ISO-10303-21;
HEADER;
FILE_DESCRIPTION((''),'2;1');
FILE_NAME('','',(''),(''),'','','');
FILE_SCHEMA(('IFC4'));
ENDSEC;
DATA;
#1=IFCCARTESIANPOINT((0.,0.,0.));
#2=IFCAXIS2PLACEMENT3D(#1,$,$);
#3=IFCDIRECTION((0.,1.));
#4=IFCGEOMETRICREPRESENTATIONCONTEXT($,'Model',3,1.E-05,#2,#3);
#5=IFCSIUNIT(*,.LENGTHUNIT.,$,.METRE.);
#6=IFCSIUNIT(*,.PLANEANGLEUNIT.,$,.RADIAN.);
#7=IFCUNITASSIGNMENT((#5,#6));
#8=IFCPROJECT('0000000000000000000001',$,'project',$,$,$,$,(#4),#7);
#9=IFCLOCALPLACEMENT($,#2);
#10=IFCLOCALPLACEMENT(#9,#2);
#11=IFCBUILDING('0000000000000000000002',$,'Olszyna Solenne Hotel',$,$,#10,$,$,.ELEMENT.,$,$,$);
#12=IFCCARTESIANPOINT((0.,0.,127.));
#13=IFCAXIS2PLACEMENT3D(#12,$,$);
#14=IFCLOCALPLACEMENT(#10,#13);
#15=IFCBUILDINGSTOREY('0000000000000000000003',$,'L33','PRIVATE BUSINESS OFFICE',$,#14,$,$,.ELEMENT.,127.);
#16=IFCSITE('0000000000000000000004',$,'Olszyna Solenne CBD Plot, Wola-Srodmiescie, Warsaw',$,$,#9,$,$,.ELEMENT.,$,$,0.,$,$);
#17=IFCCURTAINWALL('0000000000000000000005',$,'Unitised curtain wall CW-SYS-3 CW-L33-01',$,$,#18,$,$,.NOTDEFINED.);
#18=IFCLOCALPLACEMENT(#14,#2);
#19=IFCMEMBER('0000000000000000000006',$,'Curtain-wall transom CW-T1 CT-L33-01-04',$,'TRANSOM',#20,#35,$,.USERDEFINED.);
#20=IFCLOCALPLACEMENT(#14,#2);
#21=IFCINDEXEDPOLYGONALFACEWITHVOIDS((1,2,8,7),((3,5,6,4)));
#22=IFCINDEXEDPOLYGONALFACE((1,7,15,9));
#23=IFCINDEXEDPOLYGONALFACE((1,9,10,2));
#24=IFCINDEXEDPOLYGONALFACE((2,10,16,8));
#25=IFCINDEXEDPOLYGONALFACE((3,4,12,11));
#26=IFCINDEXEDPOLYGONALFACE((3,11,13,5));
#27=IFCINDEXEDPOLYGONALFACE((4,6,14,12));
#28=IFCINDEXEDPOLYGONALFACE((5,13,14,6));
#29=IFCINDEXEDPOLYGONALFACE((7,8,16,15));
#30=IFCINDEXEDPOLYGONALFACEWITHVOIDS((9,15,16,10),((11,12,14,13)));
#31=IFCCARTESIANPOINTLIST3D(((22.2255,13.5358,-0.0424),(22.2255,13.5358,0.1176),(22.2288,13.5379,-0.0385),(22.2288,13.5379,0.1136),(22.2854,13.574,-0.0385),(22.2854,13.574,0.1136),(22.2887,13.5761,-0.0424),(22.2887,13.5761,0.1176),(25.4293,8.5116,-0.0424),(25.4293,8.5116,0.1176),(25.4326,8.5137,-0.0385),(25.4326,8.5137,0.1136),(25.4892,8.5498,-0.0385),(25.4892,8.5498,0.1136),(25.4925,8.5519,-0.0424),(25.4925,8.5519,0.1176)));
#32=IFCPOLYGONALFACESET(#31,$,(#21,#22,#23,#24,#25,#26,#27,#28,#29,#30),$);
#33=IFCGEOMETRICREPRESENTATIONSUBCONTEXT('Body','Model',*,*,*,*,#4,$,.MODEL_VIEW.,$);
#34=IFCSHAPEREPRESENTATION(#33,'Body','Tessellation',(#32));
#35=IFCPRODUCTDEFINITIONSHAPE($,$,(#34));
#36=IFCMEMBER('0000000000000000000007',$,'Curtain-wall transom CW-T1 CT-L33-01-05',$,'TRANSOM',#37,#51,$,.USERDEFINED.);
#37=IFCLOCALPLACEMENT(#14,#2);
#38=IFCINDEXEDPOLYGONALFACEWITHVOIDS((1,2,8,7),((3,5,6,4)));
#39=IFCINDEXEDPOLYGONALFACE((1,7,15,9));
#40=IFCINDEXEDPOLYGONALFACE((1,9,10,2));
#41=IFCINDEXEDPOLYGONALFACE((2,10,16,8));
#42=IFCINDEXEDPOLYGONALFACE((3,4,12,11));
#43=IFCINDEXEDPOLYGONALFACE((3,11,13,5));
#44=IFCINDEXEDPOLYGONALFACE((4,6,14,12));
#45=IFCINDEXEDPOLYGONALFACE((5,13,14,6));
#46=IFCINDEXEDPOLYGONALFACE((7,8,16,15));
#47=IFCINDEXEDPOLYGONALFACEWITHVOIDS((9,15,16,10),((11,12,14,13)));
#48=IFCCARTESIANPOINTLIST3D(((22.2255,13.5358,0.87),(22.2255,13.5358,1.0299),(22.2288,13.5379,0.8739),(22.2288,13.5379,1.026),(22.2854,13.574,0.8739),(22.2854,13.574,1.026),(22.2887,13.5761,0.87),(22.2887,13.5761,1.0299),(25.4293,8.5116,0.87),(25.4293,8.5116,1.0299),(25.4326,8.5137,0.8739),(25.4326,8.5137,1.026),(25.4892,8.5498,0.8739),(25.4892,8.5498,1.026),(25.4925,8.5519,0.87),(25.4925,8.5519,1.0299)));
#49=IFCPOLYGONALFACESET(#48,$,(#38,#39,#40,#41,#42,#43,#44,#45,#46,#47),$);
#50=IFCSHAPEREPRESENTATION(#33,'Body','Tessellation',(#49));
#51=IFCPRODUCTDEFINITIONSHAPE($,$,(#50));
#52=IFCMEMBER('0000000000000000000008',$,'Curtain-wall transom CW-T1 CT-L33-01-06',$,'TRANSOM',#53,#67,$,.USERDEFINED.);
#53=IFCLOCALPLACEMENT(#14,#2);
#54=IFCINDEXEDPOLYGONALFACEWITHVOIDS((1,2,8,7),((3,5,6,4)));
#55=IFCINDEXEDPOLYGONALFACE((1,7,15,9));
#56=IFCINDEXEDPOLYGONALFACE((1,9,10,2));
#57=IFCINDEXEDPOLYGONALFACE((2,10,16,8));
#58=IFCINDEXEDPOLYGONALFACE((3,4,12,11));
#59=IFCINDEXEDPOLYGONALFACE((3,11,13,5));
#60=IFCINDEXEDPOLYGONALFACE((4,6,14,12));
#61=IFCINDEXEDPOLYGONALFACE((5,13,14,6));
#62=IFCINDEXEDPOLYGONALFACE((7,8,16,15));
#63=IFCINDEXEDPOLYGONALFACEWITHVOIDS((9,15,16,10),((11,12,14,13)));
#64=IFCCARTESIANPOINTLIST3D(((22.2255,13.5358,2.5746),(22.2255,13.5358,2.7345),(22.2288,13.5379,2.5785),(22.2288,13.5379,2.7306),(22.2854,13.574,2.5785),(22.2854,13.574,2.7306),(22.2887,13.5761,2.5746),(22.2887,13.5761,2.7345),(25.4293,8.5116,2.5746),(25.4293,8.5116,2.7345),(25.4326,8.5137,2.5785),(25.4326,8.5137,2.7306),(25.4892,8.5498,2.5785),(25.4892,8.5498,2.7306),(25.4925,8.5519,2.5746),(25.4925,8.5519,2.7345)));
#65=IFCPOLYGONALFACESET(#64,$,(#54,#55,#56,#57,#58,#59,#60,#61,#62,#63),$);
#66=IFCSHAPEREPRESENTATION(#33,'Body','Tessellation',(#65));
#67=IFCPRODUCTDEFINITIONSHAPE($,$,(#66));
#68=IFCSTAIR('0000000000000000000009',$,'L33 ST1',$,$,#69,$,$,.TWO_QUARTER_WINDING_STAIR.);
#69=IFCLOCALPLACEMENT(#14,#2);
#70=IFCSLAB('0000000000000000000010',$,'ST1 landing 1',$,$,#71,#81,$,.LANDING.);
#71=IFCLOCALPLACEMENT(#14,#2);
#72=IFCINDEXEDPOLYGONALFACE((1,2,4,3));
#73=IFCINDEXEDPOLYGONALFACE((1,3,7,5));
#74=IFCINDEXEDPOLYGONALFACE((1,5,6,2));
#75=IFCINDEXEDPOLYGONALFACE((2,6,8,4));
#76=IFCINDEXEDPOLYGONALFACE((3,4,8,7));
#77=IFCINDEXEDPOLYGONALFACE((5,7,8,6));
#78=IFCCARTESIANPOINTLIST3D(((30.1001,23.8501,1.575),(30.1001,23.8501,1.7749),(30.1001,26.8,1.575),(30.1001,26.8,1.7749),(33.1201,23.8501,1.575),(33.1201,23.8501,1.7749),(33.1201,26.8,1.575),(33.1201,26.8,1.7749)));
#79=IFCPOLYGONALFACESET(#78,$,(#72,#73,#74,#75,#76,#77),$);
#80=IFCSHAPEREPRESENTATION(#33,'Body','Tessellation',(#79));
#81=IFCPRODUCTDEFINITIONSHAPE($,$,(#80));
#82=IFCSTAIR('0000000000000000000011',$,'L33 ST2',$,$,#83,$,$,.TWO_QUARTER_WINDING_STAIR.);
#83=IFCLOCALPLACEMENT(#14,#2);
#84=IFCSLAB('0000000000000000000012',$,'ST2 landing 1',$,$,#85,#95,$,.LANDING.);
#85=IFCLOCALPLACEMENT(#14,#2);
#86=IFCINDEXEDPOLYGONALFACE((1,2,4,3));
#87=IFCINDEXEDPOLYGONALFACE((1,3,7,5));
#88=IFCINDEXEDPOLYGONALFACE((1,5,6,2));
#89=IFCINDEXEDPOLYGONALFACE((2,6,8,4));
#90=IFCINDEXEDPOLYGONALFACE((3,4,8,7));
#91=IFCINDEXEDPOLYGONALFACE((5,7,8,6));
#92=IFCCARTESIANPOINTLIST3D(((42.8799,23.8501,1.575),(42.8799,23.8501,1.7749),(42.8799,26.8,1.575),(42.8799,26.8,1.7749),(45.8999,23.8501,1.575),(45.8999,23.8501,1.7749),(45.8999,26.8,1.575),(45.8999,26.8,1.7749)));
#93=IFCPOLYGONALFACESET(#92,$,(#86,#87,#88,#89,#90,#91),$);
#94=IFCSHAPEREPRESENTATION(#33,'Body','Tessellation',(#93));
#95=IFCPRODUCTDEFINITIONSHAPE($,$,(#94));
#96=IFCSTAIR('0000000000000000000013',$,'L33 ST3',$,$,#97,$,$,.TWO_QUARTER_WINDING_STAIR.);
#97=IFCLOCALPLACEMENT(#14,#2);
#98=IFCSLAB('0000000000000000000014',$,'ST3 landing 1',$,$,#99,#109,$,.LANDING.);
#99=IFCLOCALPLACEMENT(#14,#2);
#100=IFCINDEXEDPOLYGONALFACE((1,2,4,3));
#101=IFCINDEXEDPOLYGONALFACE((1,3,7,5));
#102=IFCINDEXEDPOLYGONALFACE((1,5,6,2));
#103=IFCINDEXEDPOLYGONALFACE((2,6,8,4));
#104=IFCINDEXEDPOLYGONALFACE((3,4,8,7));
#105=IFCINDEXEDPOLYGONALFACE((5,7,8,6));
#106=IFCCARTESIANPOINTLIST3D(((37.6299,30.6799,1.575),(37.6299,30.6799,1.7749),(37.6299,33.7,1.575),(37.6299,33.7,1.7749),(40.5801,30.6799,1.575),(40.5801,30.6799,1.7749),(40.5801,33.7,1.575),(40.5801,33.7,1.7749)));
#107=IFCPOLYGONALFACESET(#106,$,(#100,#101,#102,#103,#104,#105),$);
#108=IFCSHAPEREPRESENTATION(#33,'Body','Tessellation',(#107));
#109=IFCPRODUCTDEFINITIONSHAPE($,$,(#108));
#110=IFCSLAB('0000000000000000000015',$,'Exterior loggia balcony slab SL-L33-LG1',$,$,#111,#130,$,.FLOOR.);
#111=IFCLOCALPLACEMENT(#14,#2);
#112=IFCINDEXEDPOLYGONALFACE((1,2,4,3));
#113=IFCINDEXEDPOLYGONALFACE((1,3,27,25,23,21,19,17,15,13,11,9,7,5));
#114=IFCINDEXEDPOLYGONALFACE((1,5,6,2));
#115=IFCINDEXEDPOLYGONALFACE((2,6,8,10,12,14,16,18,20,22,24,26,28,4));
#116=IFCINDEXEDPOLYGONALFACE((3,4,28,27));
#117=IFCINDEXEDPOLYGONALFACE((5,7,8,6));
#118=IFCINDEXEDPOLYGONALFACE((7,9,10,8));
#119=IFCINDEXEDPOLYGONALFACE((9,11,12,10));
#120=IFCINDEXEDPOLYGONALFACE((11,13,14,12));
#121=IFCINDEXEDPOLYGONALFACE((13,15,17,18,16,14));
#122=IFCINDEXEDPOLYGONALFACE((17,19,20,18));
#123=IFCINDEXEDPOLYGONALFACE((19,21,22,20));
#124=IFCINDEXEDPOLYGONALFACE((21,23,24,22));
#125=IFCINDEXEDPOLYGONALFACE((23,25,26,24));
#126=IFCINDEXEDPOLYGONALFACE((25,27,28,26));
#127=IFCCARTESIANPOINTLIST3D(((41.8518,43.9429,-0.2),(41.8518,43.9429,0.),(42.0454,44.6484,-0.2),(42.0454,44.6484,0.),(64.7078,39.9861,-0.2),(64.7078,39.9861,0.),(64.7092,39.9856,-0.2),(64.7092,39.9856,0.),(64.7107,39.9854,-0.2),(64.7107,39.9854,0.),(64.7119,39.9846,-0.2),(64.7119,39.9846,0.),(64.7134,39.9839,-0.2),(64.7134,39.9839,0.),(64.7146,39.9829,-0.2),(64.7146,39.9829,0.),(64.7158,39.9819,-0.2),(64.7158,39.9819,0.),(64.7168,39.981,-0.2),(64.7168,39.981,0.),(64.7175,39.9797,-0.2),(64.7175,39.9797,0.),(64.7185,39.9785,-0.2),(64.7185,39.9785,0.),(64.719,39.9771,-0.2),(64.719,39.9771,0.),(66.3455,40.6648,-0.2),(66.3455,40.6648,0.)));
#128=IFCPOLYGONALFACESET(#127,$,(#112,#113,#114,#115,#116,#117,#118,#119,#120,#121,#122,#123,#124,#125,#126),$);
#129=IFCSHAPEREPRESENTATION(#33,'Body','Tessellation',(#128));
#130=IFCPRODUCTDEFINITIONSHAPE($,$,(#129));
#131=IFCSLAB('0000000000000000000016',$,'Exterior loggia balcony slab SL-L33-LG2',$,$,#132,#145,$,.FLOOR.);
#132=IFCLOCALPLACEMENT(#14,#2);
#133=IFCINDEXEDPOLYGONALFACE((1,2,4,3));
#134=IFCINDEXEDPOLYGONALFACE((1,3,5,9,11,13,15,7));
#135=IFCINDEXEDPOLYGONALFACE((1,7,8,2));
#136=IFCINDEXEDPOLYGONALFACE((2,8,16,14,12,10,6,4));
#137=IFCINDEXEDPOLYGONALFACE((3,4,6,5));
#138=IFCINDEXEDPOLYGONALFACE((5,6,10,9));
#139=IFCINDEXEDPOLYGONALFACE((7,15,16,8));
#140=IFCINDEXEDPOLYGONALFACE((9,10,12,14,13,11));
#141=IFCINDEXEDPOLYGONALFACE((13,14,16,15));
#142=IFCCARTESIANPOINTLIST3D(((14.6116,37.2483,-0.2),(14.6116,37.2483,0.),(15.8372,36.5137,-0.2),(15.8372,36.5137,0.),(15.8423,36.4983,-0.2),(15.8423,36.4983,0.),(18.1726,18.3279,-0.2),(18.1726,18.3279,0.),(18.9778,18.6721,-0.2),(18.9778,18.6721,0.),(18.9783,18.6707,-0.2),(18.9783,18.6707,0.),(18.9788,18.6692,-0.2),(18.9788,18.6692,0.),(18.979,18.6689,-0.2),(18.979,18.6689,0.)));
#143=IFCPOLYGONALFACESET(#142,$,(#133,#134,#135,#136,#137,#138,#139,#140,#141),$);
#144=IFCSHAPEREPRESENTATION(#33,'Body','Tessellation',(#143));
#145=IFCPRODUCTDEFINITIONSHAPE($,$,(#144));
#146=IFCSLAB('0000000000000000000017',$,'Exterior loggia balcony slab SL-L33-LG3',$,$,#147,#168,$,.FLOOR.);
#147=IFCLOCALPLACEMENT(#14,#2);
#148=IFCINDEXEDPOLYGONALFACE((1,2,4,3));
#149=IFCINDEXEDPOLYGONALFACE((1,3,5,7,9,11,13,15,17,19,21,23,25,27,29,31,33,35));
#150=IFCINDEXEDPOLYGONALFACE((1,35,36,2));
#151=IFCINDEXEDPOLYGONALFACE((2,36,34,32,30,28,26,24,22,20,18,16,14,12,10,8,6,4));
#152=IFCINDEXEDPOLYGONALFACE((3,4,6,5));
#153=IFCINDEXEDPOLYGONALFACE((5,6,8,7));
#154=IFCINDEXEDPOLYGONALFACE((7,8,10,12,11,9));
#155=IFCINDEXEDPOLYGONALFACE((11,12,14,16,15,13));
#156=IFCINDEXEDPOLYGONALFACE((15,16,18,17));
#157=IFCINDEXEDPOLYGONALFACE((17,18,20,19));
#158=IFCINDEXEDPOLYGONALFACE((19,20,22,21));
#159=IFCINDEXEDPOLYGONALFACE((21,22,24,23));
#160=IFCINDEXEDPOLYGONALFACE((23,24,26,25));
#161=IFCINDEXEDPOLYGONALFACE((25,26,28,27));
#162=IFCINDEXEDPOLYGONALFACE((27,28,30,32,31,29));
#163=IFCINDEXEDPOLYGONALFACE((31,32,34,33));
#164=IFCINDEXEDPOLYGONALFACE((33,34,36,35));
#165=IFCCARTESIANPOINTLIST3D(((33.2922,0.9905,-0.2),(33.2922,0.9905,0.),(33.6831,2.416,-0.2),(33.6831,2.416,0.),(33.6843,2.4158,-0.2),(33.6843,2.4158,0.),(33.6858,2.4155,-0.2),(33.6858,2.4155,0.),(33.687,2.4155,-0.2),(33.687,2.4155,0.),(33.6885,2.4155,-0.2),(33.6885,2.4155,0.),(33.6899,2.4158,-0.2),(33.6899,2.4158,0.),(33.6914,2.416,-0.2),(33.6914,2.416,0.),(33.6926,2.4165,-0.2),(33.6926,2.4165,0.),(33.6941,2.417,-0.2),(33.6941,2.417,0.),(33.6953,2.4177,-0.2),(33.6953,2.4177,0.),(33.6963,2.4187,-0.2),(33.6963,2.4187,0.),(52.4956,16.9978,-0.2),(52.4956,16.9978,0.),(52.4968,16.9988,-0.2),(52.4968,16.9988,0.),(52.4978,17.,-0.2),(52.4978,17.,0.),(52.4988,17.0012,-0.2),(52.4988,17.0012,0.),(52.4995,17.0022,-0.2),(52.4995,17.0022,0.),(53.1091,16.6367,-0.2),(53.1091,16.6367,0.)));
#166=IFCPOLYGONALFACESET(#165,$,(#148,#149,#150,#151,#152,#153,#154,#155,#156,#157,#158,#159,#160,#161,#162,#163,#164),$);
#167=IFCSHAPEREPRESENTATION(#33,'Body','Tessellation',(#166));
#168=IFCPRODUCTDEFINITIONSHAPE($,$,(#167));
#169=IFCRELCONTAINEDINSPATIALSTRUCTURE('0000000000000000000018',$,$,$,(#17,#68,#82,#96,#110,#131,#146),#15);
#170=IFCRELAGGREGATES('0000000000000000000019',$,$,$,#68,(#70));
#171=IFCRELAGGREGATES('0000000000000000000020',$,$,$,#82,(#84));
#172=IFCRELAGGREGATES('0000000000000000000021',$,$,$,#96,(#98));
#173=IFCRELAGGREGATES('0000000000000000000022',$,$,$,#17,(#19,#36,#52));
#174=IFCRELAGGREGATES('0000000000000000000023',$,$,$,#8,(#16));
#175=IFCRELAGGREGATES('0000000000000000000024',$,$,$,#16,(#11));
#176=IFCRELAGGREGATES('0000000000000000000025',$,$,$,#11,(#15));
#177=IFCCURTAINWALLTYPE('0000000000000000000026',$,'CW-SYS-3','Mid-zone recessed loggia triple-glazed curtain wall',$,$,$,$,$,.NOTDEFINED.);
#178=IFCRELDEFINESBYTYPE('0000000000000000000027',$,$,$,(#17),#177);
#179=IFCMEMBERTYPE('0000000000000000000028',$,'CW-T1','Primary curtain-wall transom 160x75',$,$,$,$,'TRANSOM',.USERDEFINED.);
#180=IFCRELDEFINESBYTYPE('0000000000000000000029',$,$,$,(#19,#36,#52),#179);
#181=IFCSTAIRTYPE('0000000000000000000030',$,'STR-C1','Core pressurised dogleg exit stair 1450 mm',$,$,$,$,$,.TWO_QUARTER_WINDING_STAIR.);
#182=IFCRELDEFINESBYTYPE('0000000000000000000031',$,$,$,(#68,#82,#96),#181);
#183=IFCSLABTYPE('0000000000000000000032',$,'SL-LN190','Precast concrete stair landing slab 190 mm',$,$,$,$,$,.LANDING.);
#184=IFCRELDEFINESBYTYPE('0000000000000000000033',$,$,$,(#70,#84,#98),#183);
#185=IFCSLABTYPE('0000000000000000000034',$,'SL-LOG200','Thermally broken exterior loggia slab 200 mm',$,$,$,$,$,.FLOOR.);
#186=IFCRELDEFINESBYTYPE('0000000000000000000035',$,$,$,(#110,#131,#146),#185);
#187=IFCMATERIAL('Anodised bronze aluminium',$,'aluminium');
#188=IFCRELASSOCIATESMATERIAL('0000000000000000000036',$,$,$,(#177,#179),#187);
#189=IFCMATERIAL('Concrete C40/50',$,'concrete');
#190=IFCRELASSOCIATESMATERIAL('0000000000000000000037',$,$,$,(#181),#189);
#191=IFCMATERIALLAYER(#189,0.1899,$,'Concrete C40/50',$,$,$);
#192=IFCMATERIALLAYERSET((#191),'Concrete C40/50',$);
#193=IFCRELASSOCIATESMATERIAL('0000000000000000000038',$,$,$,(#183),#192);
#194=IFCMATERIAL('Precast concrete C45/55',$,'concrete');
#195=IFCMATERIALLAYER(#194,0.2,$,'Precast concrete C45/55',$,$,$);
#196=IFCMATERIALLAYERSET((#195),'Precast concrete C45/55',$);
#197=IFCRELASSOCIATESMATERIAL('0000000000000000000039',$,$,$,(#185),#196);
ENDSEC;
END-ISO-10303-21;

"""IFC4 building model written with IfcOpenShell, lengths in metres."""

from ifc_helpers import new_model, si_unit, direction, frame, origin, origin_2d, place, context, subcontext, project, spatial, polyline, hollow_rectangle, outline, extrude, source, transform, mapped, material, layer, layer_set, material_profile, profile_set, type_object, element, aggregate, save


model = new_model("IFC4")

# Units and contexts
model_context = context("Model", 3, precision=1e-05, world=origin(), true_north=direction((0.0, 1.0)))
body_context = subcontext(model_context, "Body", "Model", "MODEL_VIEW")
ifc_project = project(units=[si_unit("LENGTHUNIT", "METRE"), si_unit("PLANEANGLEUNIT", "RADIAN")], contexts=[model_context])

# Site, building, storey
site_placement = place(None, origin())
site = spatial("IfcSite", under=ifc_project, at=site_placement, Name="Olszyna Solenne CBD Plot, Wola-Srodmiescie, Warsaw", CompositionType="ELEMENT", RefElevation=0.0)
building_placement = place(site_placement, origin())
building = spatial("IfcBuilding", under=site, at=building_placement, Name="Olszyna Solenne Hotel", CompositionType="ELEMENT")
storey_placement = place(building_placement, frame((0.0, 0.0, 127.0)))
storey = spatial("IfcBuildingStorey", under=building, at=storey_placement, Name="L33", Description="PRIVATE BUSINESS OFFICE", CompositionType="ELEMENT", Elevation=127.0)

# Curtain wall, members
ifc_material_1 = material(Name="Anodised bronze aluminium", Category="aluminium")
curtain_wall_type = type_object("IfcCurtainWallType", Name="CW-SYS-3", Description="Mid-zone recessed loggia triple-glazed curtain wall", PredefinedType="NOTDEFINED", material=ifc_material_1)
curtain_wall_placement = place(storey_placement, origin())
curtain_wall = element("IfcCurtainWall", 1, at=curtain_wall_placement, inside=storey, type_object=curtain_wall_type, Name="Unitised curtain wall CW-SYS-3 CW-L33-01", PredefinedType="NOTDEFINED")
ifc_material_profile_1 = material_profile(ifc_material_1, hollow_rectangle(XDim=0.075, YDim=0.1599, WallThickness=0.0039, at=origin_2d()), Name="TRAN 160x75x4", Category="load-bearing")
ifc_profile_set_1 = profile_set([ifc_material_profile_1], Name="Anodised bronze aluminium")
member_type_1 = type_object("IfcMemberType", Name="CW-T1", Description="Primary curtain-wall transom 160x75", ElementType="TRANSOM", PredefinedType="USERDEFINED", material=ifc_profile_set_1)
shared_shape_1 = source(origin(), body_context, "Body", "SweptSolid", [
    extrude(hollow_rectangle(XDim=0.075, YDim=0.1599, WallThickness=0.0039, at=origin_2d()), origin(), (0.0, 0.0, 1.0), 5.9587),
])
member_1_placement = place(storey_placement, frame((22.2571, 13.5559, 0.0376), z_axis=(0.537671, -0.843155, 0.0), x_axis=(0.843155, 0.537671, 0.0)))
member_1 = element("IfcMember", 2, at=member_1_placement, type_object=member_type_1, Name="Curtain-wall transom CW-T1 CT-L33-01-04", ObjectType="TRANSOM", PredefinedType="USERDEFINED", context=body_context, shape_type="MappedRepresentation", body=[
    mapped(shared_shape_1, transform((0.0, 0.0, 0.0), x_axis=(1.0, 0.0, 0.0), y_axis=(0.0, 1.0, 0.0), z_axis=(0.0, 0.0, 1.0), scale=1.0)),
])
member_2_placement = place(storey_placement, frame((22.2571, 13.5559, 0.95), z_axis=(0.537671, -0.843155, 0.0), x_axis=(0.843155, 0.537671, 0.0)))
member_2 = element("IfcMember", 3, at=member_2_placement, type_object=member_type_1, Name="Curtain-wall transom CW-T1 CT-L33-01-05", ObjectType="TRANSOM", PredefinedType="USERDEFINED", context=body_context, shape_type="MappedRepresentation", body=[
    mapped(shared_shape_1, transform((0.0, 0.0, 0.0), x_axis=(1.0, 0.0, 0.0), y_axis=(0.0, 1.0, 0.0), z_axis=(0.0, 0.0, 1.0), scale=1.0)),
])
member_3_placement = place(storey_placement, frame((22.2571, 13.5559, 2.6545), z_axis=(0.537671, -0.843155, 0.0), x_axis=(0.843155, 0.537671, 0.0)))
member_3 = element("IfcMember", 4, at=member_3_placement, type_object=member_type_1, Name="Curtain-wall transom CW-T1 CT-L33-01-06", ObjectType="TRANSOM", PredefinedType="USERDEFINED", context=body_context, shape_type="MappedRepresentation", body=[
    mapped(shared_shape_1, transform((0.0, 0.0, 0.0), x_axis=(1.0, 0.0, 0.0), y_axis=(0.0, 1.0, 0.0), z_axis=(0.0, 0.0, 1.0), scale=1.0)),
])

# Stairs, slabs
ifc_material_2 = material(Name="Concrete C40/50", Category="concrete")
stair_type = type_object("IfcStairType", Name="STR-C1", Description="Core pressurised dogleg exit stair 1450 mm", PredefinedType="TWO_QUARTER_WINDING_STAIR", material=ifc_material_2)
stair_1_placement = place(storey_placement, origin())
stair_1 = element("IfcStair", 5, at=stair_1_placement, inside=storey, type_object=stair_type, Name="L33 ST1", PredefinedType="TWO_QUARTER_WINDING_STAIR")
ifc_layer_1 = layer(ifc_material_2, 0.1899, Name="Concrete C40/50")
ifc_layer_set_1 = layer_set([ifc_layer_1], Name="Concrete C40/50")
slab_type_1 = type_object("IfcSlabType", Name="SL-LN190", Description="Precast concrete stair landing slab 190 mm", PredefinedType="LANDING", material=ifc_layer_set_1)
slab_1_placement = place(storey_placement, frame((0.0, 0.0, 1.575)))
slab_1 = element("IfcSlab", 6, at=slab_1_placement, type_object=slab_type_1, Name="ST1 landing 1", PredefinedType="LANDING", context=body_context, shape_type="SweptSolid", body=[
    extrude(outline(polyline([(33.1201, 23.8501), (33.1201, 26.8), (30.1001, 26.8), (30.1001, 23.8501), (33.1201, 23.8501)])), origin(), (0.0, 0.0, 1.0), 0.2),
])
aggregate(stair_1, [slab_1])
stair_2_placement = place(storey_placement, origin())
stair_2 = element("IfcStair", 7, at=stair_2_placement, inside=storey, type_object=stair_type, Name="L33 ST2", PredefinedType="TWO_QUARTER_WINDING_STAIR")
slab_2_placement = place(storey_placement, frame((0.0, 0.0, 1.575)))
slab_2 = element("IfcSlab", 8, at=slab_2_placement, type_object=slab_type_1, Name="ST2 landing 1", PredefinedType="LANDING", context=body_context, shape_type="SweptSolid", body=[
    extrude(outline(polyline([(45.8999, 23.8501), (45.8999, 26.8), (42.8799, 26.8), (42.8799, 23.8501), (45.8999, 23.8501)])), origin(), (0.0, 0.0, 1.0), 0.2),
])
aggregate(stair_2, [slab_2])
stair_3_placement = place(storey_placement, origin())
stair_3 = element("IfcStair", 9, at=stair_3_placement, inside=storey, type_object=stair_type, Name="L33 ST3", PredefinedType="TWO_QUARTER_WINDING_STAIR")
slab_3_placement = place(storey_placement, frame((0.0, 0.0, 1.575)))
slab_3 = element("IfcSlab", 10, at=slab_3_placement, type_object=slab_type_1, Name="ST3 landing 1", PredefinedType="LANDING", context=body_context, shape_type="SweptSolid", body=[
    extrude(outline(polyline([(37.6299, 30.6799), (40.5801, 30.6799), (40.5801, 33.7), (37.6299, 33.7), (37.6299, 30.6799)])), origin(), (0.0, 0.0, 1.0), 0.2),
])
aggregate(stair_3, [slab_3])

# Slabs
ifc_material_3 = material(Name="Precast concrete C45/55", Category="concrete")
ifc_layer_2 = layer(ifc_material_3, 0.2, Name="Precast concrete C45/55")
ifc_layer_set_2 = layer_set([ifc_layer_2], Name="Precast concrete C45/55")
slab_type_2 = type_object("IfcSlabType", Name="SL-LOG200", Description="Thermally broken exterior loggia slab 200 mm", PredefinedType="FLOOR", material=ifc_layer_set_2)
slab_4_placement = place(storey_placement, frame((0.0, 0.0, -0.2)))
element("IfcSlab", 11, at=slab_4_placement, inside=storey, type_object=slab_type_2, Name="Exterior loggia balcony slab SL-L33-LG1", PredefinedType="FLOOR", context=body_context, shape_type="SweptSolid", body=[
    extrude(outline(polyline([(41.8518, 43.9429), (64.7078, 39.9861), (64.7092, 39.9856), (64.7107, 39.9854), (64.7119, 39.9846), (64.7134, 39.9839), (64.7146, 39.9829), (64.7158, 39.9819), (64.7168, 39.981), (64.7175, 39.9797), (64.7185, 39.9785), (64.719, 39.9771), (66.3455, 40.6648), (42.0454, 44.6484), (41.8518, 43.9429)])), origin(), (0.0, 0.0, 1.0), 0.2),
])
slab_5_placement = place(storey_placement, frame((0.0, 0.0, -0.2)))
element("IfcSlab", 12, at=slab_5_placement, inside=storey, type_object=slab_type_2, Name="Exterior loggia balcony slab SL-L33-LG2", PredefinedType="FLOOR", context=body_context, shape_type="SweptSolid", body=[
    extrude(outline(polyline([(18.979, 18.6689), (18.9788, 18.6692), (18.9783, 18.6707), (18.9778, 18.6721), (15.8423, 36.4983), (15.8372, 36.5137), (14.6116, 37.2483), (18.1726, 18.3279), (18.979, 18.6689)])), origin(), (0.0, 0.0, 1.0), 0.2),
])
slab_6_placement = place(storey_placement, frame((0.0, 0.0, -0.2)))
element("IfcSlab", 13, at=slab_6_placement, inside=storey, type_object=slab_type_2, Name="Exterior loggia balcony slab SL-L33-LG3", PredefinedType="FLOOR", context=body_context, shape_type="SweptSolid", body=[
    extrude(outline(polyline([(52.4995, 17.0022), (52.4988, 17.0012), (52.4978, 17.0), (52.4968, 16.9988), (52.4956, 16.9978), (33.6963, 2.4187), (33.6953, 2.4177), (33.6941, 2.417), (33.6926, 2.4165), (33.6914, 2.416), (33.6899, 2.4158), (33.6885, 2.4155), (33.687, 2.4155), (33.6858, 2.4155), (33.6843, 2.4158), (33.6831, 2.416), (33.2922, 0.9905), (53.1091, 16.6367), (52.4995, 17.0022)])), origin(), (0.0, 0.0, 1.0), 0.2),
])

aggregate(curtain_wall, [member_1, member_2, member_3])

save(model, "model.ifc")
